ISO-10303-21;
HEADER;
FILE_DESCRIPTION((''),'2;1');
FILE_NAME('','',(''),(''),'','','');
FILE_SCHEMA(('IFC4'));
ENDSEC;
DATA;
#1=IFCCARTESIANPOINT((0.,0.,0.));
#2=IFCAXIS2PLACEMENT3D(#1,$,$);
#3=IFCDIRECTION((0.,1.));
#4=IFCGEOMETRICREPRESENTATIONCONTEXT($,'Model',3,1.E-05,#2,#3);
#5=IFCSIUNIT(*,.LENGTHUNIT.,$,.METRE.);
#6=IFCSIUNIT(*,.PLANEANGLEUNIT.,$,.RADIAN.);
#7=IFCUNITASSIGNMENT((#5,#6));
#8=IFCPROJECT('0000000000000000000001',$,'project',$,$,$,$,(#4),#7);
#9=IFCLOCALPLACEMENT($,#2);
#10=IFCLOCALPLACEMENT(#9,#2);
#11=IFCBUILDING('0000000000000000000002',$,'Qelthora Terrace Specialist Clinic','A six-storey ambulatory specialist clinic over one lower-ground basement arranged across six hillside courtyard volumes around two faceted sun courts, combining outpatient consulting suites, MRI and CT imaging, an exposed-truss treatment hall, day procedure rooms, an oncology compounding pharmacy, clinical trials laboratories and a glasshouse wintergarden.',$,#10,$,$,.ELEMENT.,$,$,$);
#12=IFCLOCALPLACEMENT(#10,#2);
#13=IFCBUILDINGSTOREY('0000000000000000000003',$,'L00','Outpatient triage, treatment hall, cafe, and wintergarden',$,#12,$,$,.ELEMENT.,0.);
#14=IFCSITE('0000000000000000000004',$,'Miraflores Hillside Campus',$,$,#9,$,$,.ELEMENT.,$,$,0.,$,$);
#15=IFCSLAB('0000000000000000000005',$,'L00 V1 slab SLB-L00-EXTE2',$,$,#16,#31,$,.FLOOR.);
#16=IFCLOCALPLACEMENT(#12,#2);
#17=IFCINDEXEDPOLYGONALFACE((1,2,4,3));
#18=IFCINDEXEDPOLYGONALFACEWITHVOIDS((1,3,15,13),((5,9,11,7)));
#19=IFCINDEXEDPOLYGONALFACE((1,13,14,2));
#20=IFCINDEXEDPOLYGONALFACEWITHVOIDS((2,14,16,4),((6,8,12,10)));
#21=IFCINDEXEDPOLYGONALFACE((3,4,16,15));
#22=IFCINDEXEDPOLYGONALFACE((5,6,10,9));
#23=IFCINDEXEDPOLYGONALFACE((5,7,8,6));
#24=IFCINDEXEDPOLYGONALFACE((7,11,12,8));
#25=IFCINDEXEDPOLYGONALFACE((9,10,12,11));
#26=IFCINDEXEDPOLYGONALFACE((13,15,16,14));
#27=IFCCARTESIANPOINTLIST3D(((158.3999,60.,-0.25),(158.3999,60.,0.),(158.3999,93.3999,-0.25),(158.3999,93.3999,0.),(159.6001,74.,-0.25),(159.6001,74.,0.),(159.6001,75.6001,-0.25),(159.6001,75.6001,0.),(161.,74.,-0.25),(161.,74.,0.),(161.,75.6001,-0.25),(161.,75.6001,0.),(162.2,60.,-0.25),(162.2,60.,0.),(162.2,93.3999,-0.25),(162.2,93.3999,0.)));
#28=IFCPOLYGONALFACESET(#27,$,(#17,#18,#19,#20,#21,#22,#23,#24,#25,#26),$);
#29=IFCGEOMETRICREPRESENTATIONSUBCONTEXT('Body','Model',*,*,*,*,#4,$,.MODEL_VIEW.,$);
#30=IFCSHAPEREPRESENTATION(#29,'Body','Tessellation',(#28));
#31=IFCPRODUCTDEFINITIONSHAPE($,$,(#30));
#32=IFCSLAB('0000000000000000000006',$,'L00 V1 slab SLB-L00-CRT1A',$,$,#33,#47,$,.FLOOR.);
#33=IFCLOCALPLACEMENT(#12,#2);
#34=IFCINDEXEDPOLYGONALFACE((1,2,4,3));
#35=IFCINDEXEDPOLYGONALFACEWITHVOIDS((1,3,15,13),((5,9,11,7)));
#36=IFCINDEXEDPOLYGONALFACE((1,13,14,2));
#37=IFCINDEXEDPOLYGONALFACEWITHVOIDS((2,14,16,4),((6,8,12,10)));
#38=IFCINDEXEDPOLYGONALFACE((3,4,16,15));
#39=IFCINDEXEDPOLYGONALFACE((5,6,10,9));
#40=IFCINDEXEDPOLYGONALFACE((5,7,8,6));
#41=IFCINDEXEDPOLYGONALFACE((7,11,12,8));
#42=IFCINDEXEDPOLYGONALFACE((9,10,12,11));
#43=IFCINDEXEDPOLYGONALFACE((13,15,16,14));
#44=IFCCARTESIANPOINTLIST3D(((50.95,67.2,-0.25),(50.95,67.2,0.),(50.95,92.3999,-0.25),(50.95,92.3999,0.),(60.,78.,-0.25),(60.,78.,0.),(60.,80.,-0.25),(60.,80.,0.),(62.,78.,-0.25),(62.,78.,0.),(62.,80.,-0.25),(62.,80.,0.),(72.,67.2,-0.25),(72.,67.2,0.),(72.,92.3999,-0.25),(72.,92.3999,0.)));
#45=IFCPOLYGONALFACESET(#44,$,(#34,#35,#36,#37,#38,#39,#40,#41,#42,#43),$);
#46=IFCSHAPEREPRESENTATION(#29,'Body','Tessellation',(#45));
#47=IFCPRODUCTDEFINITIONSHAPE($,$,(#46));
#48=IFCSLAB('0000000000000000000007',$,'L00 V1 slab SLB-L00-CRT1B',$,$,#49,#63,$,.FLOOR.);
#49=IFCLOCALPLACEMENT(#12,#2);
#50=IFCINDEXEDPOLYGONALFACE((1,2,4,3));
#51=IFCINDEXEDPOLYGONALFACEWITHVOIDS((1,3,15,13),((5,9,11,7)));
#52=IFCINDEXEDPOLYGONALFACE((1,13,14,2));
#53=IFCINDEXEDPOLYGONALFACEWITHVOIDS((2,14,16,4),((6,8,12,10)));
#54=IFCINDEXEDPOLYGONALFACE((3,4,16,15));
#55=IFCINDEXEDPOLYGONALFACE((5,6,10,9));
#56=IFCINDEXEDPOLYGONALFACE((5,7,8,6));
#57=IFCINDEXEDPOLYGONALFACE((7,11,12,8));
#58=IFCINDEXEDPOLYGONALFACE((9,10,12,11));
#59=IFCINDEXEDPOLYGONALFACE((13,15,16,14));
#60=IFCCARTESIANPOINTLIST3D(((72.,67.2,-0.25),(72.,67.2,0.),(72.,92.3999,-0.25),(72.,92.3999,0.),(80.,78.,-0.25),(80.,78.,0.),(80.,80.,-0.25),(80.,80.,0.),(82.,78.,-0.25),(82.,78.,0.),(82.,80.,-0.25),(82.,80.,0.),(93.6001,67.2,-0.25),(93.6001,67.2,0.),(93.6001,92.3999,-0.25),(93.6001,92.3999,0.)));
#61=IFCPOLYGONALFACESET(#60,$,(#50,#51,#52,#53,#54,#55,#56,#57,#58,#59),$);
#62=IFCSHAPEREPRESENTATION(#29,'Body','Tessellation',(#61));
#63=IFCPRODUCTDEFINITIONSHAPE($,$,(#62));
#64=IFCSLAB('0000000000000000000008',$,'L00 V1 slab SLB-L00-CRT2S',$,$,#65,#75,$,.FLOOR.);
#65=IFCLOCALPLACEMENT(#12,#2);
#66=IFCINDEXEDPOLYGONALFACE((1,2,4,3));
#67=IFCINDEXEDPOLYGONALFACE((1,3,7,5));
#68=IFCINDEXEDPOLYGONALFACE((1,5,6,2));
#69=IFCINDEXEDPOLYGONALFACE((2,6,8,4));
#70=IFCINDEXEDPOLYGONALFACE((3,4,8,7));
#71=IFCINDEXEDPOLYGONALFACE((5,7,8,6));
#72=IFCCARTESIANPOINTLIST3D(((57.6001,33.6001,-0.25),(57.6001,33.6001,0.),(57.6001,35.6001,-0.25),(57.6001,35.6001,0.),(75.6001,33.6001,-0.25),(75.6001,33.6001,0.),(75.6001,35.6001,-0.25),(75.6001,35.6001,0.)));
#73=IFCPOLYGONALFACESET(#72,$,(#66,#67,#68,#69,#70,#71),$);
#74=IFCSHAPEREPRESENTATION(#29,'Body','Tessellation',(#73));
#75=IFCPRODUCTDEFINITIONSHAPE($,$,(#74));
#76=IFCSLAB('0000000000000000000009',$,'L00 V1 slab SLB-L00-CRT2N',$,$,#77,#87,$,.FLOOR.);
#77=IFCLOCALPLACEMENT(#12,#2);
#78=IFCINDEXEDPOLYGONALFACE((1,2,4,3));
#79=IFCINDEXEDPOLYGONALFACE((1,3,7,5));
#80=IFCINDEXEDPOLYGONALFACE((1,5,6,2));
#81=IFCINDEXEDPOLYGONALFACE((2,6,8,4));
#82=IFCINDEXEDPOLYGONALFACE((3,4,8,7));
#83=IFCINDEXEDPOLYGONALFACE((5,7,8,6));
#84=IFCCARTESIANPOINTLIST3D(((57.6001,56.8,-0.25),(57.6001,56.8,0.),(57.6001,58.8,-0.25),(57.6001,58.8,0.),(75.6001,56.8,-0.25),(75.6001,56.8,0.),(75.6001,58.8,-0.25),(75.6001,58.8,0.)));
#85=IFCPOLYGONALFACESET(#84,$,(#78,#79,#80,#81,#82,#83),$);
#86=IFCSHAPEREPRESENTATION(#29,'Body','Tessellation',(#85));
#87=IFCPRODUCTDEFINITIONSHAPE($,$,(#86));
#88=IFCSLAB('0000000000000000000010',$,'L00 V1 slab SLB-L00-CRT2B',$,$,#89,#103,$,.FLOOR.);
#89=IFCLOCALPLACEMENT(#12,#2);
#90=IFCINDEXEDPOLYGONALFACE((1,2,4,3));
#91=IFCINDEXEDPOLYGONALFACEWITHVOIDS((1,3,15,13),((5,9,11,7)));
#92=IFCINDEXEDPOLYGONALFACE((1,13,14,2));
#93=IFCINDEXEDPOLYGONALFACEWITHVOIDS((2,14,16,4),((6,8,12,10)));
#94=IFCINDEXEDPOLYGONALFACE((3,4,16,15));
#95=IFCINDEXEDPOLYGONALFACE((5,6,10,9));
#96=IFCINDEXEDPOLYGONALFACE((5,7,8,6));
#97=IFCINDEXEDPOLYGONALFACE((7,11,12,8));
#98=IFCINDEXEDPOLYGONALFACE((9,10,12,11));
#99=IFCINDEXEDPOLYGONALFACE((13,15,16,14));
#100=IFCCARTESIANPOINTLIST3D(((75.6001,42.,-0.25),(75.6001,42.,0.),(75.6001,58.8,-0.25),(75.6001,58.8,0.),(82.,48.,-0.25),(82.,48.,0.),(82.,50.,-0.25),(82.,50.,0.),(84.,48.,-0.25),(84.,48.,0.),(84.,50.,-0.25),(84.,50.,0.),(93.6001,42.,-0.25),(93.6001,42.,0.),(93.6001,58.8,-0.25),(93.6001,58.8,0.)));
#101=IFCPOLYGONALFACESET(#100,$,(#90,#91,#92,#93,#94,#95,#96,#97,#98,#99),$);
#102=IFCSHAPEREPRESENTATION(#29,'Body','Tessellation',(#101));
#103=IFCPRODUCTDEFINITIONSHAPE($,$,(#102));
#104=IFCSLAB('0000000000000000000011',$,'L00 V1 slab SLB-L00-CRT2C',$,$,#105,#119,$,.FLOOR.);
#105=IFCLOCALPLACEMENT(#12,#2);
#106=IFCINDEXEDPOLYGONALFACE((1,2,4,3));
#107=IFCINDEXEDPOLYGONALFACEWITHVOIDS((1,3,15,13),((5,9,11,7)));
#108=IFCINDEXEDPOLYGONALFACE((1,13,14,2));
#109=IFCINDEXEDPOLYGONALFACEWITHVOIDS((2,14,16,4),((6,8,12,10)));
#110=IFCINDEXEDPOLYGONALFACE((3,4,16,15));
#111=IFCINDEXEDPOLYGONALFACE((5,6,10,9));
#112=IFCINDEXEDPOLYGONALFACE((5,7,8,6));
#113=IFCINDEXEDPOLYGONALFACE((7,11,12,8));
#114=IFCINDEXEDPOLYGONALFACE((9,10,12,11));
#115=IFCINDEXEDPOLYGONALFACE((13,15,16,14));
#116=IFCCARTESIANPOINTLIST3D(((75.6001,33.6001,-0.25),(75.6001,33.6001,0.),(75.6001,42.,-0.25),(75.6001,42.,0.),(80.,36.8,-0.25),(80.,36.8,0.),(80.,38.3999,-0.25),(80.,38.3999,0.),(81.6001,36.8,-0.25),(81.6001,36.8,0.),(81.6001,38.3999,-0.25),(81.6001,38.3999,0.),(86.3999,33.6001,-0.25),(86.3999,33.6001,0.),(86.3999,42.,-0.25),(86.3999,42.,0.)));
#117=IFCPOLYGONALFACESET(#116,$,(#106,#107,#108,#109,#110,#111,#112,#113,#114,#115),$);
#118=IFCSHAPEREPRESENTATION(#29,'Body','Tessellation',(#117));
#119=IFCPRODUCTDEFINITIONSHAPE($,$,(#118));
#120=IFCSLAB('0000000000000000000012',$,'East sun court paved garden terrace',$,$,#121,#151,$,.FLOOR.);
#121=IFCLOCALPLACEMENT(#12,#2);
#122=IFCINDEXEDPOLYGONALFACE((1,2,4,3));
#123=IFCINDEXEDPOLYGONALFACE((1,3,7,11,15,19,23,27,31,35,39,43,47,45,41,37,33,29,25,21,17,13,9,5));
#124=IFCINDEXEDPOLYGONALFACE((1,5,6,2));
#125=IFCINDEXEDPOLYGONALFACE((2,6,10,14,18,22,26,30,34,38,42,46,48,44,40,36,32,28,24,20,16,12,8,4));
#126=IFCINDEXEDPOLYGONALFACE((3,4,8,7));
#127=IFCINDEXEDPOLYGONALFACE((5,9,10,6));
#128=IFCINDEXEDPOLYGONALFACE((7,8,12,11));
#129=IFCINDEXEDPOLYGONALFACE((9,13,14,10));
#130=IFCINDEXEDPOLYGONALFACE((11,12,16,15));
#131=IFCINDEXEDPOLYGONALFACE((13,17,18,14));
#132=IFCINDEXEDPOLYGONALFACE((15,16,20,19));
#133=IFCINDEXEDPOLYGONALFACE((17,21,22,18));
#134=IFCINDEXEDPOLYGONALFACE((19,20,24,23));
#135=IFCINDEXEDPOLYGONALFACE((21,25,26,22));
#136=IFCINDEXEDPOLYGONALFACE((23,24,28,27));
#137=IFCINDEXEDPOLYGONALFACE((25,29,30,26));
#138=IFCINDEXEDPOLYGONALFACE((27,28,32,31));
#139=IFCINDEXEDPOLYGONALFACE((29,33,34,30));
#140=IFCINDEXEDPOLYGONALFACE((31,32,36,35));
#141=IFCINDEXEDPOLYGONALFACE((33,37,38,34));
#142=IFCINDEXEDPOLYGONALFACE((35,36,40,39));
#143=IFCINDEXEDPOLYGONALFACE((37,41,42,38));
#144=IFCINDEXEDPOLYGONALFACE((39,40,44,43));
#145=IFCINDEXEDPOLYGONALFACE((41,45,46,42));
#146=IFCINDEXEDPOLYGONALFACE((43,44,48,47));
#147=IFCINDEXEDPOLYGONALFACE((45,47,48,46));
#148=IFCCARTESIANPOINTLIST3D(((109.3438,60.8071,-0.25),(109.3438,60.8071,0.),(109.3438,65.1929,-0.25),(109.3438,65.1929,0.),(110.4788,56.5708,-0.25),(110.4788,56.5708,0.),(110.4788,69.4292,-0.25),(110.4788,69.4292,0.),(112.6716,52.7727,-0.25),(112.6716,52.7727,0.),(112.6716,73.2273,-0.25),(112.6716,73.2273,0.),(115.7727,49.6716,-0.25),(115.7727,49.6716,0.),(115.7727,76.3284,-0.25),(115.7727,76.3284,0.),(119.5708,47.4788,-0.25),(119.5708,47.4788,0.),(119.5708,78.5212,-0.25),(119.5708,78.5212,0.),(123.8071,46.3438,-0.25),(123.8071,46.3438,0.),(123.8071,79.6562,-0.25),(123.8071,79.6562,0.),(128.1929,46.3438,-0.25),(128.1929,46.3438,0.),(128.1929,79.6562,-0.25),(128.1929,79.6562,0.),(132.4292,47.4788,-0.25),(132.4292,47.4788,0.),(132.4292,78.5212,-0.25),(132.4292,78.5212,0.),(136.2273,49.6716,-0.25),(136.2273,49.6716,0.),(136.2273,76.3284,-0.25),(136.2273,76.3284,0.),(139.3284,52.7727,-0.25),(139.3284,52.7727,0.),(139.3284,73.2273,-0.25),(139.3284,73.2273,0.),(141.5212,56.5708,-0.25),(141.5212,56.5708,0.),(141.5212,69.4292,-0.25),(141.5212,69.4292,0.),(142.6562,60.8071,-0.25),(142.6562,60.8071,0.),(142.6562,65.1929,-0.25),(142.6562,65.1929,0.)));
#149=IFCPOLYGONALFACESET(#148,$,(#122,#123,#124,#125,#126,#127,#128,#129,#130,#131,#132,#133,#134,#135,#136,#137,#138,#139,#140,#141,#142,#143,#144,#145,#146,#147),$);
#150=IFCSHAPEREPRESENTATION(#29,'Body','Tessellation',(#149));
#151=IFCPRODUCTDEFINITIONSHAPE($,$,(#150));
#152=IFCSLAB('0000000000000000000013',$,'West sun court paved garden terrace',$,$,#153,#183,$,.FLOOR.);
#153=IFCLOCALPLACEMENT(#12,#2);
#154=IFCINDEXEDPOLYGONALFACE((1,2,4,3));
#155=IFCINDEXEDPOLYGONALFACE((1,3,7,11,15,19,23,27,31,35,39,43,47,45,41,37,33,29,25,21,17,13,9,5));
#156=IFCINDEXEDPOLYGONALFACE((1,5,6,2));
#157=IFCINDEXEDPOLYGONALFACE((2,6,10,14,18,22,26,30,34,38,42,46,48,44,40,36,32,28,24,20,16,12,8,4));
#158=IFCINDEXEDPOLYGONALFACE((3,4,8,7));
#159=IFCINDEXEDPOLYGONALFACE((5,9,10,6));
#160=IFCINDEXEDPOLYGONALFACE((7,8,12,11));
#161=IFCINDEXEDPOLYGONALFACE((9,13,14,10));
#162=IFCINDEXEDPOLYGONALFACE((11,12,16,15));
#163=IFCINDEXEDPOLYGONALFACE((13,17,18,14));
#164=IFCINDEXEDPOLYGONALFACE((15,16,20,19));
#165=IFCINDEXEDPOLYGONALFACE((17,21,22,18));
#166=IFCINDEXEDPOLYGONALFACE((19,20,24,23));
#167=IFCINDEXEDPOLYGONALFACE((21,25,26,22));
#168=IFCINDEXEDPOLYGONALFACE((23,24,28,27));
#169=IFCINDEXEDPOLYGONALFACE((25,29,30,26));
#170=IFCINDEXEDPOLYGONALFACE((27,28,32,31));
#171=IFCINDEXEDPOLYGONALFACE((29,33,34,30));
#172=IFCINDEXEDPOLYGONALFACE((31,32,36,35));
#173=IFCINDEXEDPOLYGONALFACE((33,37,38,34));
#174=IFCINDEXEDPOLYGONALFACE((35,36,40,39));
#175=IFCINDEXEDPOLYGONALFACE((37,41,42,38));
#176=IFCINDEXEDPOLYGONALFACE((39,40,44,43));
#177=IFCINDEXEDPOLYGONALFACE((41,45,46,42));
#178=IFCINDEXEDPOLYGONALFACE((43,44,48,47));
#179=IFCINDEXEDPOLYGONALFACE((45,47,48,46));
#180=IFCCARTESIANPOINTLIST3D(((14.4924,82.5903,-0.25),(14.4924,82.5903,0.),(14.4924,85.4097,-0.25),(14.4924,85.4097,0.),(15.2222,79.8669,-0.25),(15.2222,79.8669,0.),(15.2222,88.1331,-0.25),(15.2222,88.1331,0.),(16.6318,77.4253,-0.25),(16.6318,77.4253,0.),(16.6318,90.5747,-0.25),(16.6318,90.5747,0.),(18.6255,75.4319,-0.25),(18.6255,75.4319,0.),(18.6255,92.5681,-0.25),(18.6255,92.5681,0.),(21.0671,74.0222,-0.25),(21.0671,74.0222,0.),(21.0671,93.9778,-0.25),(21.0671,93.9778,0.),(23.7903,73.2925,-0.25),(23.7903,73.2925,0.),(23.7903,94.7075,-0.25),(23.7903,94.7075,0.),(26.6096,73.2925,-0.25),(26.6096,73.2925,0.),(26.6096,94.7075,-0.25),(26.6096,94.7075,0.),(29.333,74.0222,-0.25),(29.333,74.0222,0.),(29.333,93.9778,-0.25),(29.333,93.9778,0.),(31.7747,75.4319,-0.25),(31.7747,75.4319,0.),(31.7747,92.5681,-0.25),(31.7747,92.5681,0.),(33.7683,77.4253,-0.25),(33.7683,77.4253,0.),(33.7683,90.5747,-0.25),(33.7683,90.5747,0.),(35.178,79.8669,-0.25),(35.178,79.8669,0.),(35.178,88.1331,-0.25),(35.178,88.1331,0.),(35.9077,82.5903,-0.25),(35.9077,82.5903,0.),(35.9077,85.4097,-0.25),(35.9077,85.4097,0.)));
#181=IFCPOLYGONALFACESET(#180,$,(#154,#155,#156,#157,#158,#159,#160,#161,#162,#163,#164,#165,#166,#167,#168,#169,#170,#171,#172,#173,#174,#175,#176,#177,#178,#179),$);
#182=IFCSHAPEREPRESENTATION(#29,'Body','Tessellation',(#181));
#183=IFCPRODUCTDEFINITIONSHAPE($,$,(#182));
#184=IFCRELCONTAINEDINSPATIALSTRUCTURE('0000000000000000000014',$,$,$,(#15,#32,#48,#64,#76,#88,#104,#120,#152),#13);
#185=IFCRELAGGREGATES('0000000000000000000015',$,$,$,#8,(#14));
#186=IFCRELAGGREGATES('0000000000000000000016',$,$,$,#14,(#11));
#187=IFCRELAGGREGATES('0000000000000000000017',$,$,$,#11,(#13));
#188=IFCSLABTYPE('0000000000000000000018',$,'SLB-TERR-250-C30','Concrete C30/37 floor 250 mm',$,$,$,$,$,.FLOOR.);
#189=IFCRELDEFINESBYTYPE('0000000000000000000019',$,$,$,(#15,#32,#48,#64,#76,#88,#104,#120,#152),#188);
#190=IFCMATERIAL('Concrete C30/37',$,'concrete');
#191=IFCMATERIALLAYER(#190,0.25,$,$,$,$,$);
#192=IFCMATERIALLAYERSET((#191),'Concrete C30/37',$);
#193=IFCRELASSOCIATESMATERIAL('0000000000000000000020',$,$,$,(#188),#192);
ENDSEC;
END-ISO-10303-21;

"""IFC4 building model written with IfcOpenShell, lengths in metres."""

from ifc_helpers import new_model, si_unit, direction, frame, origin, place, context, subcontext, project, spatial, polyline, outline, extrude, material, layer, layer_set, type_object, element, save


model = new_model("IFC4")

# Units and contexts
model_context = context("Model", 3, precision=1e-05, world=origin(), true_north=direction((0.0, 1.0)))
body_context = subcontext(model_context, "Body", "Model", "MODEL_VIEW")
ifc_project = project(units=[si_unit("LENGTHUNIT", "METRE"), si_unit("PLANEANGLEUNIT", "RADIAN")], contexts=[model_context])

# Site, building, storey
site_placement = place(None, origin())
site = spatial("IfcSite", under=ifc_project, at=site_placement, Name="Miraflores Hillside Campus", CompositionType="ELEMENT", RefElevation=0.0)
building_placement = place(site_placement, origin())
building = spatial("IfcBuilding", under=site, at=building_placement, Name="Qelthora Terrace Specialist Clinic", Description="A six-storey ambulatory specialist clinic over one lower-ground basement arranged across six hillside courtyard volumes around two faceted sun courts, combining outpatient consulting suites, MRI and CT imaging, an exposed-truss treatment hall, day procedure rooms, an oncology compounding pharmacy, clinical trials laboratories and a glasshouse wintergarden.", CompositionType="ELEMENT")
storey_placement = place(building_placement, origin())
storey = spatial("IfcBuildingStorey", under=building, at=storey_placement, Name="L00", Description="Outpatient triage, treatment hall, cafe, and wintergarden", CompositionType="ELEMENT", Elevation=0.0)

# Slabs
ifc_material_1 = material(Name="Concrete C30/37", Category="concrete")
ifc_layer_1 = layer(ifc_material_1, 0.25)
ifc_layer_set_1 = layer_set([ifc_layer_1], Name="Concrete C30/37")
slab_type_1 = type_object("IfcSlabType", Name="SLB-TERR-250-C30", Description="Concrete C30/37 floor 250 mm", PredefinedType="FLOOR", material=ifc_layer_set_1)
slab_1_placement = place(storey_placement, frame((0.0, 0.0, -0.25)))
element("IfcSlab", 1, at=slab_1_placement, inside=storey, type_object=slab_type_1, Name="L00 V1 slab SLB-L00-EXTE2", PredefinedType="FLOOR", context=body_context, shape_type="SweptSolid", body=[
    extrude(outline(polyline([(158.3999, 60.0), (158.3999, 93.3999), (162.2, 93.3999), (162.2, 60.0), (158.3999, 60.0)]), holes=[polyline([(159.6001, 74.0), (161.0, 74.0), (161.0, 75.6001), (159.6001, 75.6001), (159.6001, 74.0)])]), origin(), (0.0, 0.0, 1.0), 0.25),
])
slab_2_placement = place(storey_placement, frame((0.0, 0.0, -0.25)))
element("IfcSlab", 2, at=slab_2_placement, inside=storey, type_object=slab_type_1, Name="L00 V1 slab SLB-L00-CRT1A", PredefinedType="FLOOR", context=body_context, shape_type="SweptSolid", body=[
    extrude(outline(polyline([(50.95, 67.2), (50.95, 92.3999), (72.0, 92.3999), (72.0, 67.2), (50.95, 67.2)]), holes=[polyline([(60.0, 78.0), (62.0, 78.0), (62.0, 80.0), (60.0, 80.0), (60.0, 78.0)])]), origin(), (0.0, 0.0, 1.0), 0.25),
])
slab_3_placement = place(storey_placement, frame((0.0, 0.0, -0.25)))
element("IfcSlab", 3, at=slab_3_placement, inside=storey, type_object=slab_type_1, Name="L00 V1 slab SLB-L00-CRT1B", PredefinedType="FLOOR", context=body_context, shape_type="SweptSolid", body=[
    extrude(outline(polyline([(72.0, 67.2), (72.0, 92.3999), (93.6001, 92.3999), (93.6001, 67.2), (72.0, 67.2)]), holes=[polyline([(80.0, 78.0), (82.0, 78.0), (82.0, 80.0), (80.0, 80.0), (80.0, 78.0)])]), origin(), (0.0, 0.0, 1.0), 0.25),
])
slab_4_placement = place(storey_placement, frame((0.0, 0.0, -0.25)))
element("IfcSlab", 4, at=slab_4_placement, inside=storey, type_object=slab_type_1, Name="L00 V1 slab SLB-L00-CRT2S", PredefinedType="FLOOR", context=body_context, shape_type="SweptSolid", body=[
    extrude(outline(polyline([(57.6001, 33.6001), (57.6001, 35.6001), (75.6001, 35.6001), (75.6001, 33.6001), (57.6001, 33.6001)])), origin(), (0.0, 0.0, 1.0), 0.25),
])
slab_5_placement = place(storey_placement, frame((0.0, 0.0, -0.25)))
element("IfcSlab", 5, at=slab_5_placement, inside=storey, type_object=slab_type_1, Name="L00 V1 slab SLB-L00-CRT2N", PredefinedType="FLOOR", context=body_context, shape_type="SweptSolid", body=[
    extrude(outline(polyline([(57.6001, 56.8), (57.6001, 58.8), (75.6001, 58.8), (75.6001, 56.8), (57.6001, 56.8)])), origin(), (0.0, 0.0, 1.0), 0.25),
])
slab_6_placement = place(storey_placement, frame((0.0, 0.0, -0.25)))
element("IfcSlab", 6, at=slab_6_placement, inside=storey, type_object=slab_type_1, Name="L00 V1 slab SLB-L00-CRT2B", PredefinedType="FLOOR", context=body_context, shape_type="SweptSolid", body=[
    extrude(outline(polyline([(75.6001, 42.0), (75.6001, 58.8), (93.6001, 58.8), (93.6001, 42.0), (75.6001, 42.0)]), holes=[polyline([(82.0, 48.0), (84.0, 48.0), (84.0, 50.0), (82.0, 50.0), (82.0, 48.0)])]), origin(), (0.0, 0.0, 1.0), 0.25),
])
slab_7_placement = place(storey_placement, frame((0.0, 0.0, -0.25)))
element("IfcSlab", 7, at=slab_7_placement, inside=storey, type_object=slab_type_1, Name="L00 V1 slab SLB-L00-CRT2C", PredefinedType="FLOOR", context=body_context, shape_type="SweptSolid", body=[
    extrude(outline(polyline([(75.6001, 33.6001), (75.6001, 42.0), (86.3999, 42.0), (86.3999, 33.6001), (75.6001, 33.6001)]), holes=[polyline([(80.0, 36.8), (81.6001, 36.8), (81.6001, 38.3999), (80.0, 38.3999), (80.0, 36.8)])]), origin(), (0.0, 0.0, 1.0), 0.25),
])
slab_8_placement = place(storey_placement, frame((0.0, 0.0, -0.25)))
element("IfcSlab", 8, at=slab_8_placement, inside=storey, type_object=slab_type_1, Name="East sun court paved garden terrace", PredefinedType="FLOOR", context=body_context, shape_type="SweptSolid", body=[
    extrude(outline(polyline([(142.6562, 65.1929), (141.5212, 69.4292), (139.3284, 73.2273), (136.2273, 76.3284), (132.4292, 78.5212), (128.1929, 79.6562), (123.8071, 79.6562), (119.5708, 78.5212), (115.7727, 76.3284), (112.6716, 73.2273), (110.4788, 69.4292), (109.3438, 65.1929), (109.3438, 60.8071), (110.4788, 56.5708), (112.6716, 52.7727), (115.7727, 49.6716), (119.5708, 47.4788), (123.8071, 46.3438), (128.1929, 46.3438), (132.4292, 47.4788), (136.2273, 49.6716), (139.3284, 52.7727), (141.5212, 56.5708), (142.6562, 60.8071), (142.6562, 65.1929)])), origin(), (0.0, 0.0, 1.0), 0.25),
])
slab_9_placement = place(storey_placement, frame((0.0, 0.0, -0.25)))
element("IfcSlab", 9, at=slab_9_placement, inside=storey, type_object=slab_type_1, Name="West sun court paved garden terrace", PredefinedType="FLOOR", context=body_context, shape_type="SweptSolid", body=[
    extrude(outline(polyline([(35.9077, 85.4097), (35.178, 88.1331), (33.7683, 90.5747), (31.7747, 92.5681), (29.333, 93.9778), (26.6096, 94.7075), (23.7903, 94.7075), (21.0671, 93.9778), (18.6255, 92.5681), (16.6318, 90.5747), (15.2222, 88.1331), (14.4924, 85.4097), (14.4924, 82.5903), (15.2222, 79.8669), (16.6318, 77.4253), (18.6255, 75.4319), (21.0671, 74.0222), (23.7903, 73.2925), (26.6096, 73.2925), (29.333, 74.0222), (31.7747, 75.4319), (33.7683, 77.4253), (35.178, 79.8669), (35.9077, 82.5903), (35.9077, 85.4097)])), origin(), (0.0, 0.0, 1.0), 0.25),
])

save(model, "model.ifc")
